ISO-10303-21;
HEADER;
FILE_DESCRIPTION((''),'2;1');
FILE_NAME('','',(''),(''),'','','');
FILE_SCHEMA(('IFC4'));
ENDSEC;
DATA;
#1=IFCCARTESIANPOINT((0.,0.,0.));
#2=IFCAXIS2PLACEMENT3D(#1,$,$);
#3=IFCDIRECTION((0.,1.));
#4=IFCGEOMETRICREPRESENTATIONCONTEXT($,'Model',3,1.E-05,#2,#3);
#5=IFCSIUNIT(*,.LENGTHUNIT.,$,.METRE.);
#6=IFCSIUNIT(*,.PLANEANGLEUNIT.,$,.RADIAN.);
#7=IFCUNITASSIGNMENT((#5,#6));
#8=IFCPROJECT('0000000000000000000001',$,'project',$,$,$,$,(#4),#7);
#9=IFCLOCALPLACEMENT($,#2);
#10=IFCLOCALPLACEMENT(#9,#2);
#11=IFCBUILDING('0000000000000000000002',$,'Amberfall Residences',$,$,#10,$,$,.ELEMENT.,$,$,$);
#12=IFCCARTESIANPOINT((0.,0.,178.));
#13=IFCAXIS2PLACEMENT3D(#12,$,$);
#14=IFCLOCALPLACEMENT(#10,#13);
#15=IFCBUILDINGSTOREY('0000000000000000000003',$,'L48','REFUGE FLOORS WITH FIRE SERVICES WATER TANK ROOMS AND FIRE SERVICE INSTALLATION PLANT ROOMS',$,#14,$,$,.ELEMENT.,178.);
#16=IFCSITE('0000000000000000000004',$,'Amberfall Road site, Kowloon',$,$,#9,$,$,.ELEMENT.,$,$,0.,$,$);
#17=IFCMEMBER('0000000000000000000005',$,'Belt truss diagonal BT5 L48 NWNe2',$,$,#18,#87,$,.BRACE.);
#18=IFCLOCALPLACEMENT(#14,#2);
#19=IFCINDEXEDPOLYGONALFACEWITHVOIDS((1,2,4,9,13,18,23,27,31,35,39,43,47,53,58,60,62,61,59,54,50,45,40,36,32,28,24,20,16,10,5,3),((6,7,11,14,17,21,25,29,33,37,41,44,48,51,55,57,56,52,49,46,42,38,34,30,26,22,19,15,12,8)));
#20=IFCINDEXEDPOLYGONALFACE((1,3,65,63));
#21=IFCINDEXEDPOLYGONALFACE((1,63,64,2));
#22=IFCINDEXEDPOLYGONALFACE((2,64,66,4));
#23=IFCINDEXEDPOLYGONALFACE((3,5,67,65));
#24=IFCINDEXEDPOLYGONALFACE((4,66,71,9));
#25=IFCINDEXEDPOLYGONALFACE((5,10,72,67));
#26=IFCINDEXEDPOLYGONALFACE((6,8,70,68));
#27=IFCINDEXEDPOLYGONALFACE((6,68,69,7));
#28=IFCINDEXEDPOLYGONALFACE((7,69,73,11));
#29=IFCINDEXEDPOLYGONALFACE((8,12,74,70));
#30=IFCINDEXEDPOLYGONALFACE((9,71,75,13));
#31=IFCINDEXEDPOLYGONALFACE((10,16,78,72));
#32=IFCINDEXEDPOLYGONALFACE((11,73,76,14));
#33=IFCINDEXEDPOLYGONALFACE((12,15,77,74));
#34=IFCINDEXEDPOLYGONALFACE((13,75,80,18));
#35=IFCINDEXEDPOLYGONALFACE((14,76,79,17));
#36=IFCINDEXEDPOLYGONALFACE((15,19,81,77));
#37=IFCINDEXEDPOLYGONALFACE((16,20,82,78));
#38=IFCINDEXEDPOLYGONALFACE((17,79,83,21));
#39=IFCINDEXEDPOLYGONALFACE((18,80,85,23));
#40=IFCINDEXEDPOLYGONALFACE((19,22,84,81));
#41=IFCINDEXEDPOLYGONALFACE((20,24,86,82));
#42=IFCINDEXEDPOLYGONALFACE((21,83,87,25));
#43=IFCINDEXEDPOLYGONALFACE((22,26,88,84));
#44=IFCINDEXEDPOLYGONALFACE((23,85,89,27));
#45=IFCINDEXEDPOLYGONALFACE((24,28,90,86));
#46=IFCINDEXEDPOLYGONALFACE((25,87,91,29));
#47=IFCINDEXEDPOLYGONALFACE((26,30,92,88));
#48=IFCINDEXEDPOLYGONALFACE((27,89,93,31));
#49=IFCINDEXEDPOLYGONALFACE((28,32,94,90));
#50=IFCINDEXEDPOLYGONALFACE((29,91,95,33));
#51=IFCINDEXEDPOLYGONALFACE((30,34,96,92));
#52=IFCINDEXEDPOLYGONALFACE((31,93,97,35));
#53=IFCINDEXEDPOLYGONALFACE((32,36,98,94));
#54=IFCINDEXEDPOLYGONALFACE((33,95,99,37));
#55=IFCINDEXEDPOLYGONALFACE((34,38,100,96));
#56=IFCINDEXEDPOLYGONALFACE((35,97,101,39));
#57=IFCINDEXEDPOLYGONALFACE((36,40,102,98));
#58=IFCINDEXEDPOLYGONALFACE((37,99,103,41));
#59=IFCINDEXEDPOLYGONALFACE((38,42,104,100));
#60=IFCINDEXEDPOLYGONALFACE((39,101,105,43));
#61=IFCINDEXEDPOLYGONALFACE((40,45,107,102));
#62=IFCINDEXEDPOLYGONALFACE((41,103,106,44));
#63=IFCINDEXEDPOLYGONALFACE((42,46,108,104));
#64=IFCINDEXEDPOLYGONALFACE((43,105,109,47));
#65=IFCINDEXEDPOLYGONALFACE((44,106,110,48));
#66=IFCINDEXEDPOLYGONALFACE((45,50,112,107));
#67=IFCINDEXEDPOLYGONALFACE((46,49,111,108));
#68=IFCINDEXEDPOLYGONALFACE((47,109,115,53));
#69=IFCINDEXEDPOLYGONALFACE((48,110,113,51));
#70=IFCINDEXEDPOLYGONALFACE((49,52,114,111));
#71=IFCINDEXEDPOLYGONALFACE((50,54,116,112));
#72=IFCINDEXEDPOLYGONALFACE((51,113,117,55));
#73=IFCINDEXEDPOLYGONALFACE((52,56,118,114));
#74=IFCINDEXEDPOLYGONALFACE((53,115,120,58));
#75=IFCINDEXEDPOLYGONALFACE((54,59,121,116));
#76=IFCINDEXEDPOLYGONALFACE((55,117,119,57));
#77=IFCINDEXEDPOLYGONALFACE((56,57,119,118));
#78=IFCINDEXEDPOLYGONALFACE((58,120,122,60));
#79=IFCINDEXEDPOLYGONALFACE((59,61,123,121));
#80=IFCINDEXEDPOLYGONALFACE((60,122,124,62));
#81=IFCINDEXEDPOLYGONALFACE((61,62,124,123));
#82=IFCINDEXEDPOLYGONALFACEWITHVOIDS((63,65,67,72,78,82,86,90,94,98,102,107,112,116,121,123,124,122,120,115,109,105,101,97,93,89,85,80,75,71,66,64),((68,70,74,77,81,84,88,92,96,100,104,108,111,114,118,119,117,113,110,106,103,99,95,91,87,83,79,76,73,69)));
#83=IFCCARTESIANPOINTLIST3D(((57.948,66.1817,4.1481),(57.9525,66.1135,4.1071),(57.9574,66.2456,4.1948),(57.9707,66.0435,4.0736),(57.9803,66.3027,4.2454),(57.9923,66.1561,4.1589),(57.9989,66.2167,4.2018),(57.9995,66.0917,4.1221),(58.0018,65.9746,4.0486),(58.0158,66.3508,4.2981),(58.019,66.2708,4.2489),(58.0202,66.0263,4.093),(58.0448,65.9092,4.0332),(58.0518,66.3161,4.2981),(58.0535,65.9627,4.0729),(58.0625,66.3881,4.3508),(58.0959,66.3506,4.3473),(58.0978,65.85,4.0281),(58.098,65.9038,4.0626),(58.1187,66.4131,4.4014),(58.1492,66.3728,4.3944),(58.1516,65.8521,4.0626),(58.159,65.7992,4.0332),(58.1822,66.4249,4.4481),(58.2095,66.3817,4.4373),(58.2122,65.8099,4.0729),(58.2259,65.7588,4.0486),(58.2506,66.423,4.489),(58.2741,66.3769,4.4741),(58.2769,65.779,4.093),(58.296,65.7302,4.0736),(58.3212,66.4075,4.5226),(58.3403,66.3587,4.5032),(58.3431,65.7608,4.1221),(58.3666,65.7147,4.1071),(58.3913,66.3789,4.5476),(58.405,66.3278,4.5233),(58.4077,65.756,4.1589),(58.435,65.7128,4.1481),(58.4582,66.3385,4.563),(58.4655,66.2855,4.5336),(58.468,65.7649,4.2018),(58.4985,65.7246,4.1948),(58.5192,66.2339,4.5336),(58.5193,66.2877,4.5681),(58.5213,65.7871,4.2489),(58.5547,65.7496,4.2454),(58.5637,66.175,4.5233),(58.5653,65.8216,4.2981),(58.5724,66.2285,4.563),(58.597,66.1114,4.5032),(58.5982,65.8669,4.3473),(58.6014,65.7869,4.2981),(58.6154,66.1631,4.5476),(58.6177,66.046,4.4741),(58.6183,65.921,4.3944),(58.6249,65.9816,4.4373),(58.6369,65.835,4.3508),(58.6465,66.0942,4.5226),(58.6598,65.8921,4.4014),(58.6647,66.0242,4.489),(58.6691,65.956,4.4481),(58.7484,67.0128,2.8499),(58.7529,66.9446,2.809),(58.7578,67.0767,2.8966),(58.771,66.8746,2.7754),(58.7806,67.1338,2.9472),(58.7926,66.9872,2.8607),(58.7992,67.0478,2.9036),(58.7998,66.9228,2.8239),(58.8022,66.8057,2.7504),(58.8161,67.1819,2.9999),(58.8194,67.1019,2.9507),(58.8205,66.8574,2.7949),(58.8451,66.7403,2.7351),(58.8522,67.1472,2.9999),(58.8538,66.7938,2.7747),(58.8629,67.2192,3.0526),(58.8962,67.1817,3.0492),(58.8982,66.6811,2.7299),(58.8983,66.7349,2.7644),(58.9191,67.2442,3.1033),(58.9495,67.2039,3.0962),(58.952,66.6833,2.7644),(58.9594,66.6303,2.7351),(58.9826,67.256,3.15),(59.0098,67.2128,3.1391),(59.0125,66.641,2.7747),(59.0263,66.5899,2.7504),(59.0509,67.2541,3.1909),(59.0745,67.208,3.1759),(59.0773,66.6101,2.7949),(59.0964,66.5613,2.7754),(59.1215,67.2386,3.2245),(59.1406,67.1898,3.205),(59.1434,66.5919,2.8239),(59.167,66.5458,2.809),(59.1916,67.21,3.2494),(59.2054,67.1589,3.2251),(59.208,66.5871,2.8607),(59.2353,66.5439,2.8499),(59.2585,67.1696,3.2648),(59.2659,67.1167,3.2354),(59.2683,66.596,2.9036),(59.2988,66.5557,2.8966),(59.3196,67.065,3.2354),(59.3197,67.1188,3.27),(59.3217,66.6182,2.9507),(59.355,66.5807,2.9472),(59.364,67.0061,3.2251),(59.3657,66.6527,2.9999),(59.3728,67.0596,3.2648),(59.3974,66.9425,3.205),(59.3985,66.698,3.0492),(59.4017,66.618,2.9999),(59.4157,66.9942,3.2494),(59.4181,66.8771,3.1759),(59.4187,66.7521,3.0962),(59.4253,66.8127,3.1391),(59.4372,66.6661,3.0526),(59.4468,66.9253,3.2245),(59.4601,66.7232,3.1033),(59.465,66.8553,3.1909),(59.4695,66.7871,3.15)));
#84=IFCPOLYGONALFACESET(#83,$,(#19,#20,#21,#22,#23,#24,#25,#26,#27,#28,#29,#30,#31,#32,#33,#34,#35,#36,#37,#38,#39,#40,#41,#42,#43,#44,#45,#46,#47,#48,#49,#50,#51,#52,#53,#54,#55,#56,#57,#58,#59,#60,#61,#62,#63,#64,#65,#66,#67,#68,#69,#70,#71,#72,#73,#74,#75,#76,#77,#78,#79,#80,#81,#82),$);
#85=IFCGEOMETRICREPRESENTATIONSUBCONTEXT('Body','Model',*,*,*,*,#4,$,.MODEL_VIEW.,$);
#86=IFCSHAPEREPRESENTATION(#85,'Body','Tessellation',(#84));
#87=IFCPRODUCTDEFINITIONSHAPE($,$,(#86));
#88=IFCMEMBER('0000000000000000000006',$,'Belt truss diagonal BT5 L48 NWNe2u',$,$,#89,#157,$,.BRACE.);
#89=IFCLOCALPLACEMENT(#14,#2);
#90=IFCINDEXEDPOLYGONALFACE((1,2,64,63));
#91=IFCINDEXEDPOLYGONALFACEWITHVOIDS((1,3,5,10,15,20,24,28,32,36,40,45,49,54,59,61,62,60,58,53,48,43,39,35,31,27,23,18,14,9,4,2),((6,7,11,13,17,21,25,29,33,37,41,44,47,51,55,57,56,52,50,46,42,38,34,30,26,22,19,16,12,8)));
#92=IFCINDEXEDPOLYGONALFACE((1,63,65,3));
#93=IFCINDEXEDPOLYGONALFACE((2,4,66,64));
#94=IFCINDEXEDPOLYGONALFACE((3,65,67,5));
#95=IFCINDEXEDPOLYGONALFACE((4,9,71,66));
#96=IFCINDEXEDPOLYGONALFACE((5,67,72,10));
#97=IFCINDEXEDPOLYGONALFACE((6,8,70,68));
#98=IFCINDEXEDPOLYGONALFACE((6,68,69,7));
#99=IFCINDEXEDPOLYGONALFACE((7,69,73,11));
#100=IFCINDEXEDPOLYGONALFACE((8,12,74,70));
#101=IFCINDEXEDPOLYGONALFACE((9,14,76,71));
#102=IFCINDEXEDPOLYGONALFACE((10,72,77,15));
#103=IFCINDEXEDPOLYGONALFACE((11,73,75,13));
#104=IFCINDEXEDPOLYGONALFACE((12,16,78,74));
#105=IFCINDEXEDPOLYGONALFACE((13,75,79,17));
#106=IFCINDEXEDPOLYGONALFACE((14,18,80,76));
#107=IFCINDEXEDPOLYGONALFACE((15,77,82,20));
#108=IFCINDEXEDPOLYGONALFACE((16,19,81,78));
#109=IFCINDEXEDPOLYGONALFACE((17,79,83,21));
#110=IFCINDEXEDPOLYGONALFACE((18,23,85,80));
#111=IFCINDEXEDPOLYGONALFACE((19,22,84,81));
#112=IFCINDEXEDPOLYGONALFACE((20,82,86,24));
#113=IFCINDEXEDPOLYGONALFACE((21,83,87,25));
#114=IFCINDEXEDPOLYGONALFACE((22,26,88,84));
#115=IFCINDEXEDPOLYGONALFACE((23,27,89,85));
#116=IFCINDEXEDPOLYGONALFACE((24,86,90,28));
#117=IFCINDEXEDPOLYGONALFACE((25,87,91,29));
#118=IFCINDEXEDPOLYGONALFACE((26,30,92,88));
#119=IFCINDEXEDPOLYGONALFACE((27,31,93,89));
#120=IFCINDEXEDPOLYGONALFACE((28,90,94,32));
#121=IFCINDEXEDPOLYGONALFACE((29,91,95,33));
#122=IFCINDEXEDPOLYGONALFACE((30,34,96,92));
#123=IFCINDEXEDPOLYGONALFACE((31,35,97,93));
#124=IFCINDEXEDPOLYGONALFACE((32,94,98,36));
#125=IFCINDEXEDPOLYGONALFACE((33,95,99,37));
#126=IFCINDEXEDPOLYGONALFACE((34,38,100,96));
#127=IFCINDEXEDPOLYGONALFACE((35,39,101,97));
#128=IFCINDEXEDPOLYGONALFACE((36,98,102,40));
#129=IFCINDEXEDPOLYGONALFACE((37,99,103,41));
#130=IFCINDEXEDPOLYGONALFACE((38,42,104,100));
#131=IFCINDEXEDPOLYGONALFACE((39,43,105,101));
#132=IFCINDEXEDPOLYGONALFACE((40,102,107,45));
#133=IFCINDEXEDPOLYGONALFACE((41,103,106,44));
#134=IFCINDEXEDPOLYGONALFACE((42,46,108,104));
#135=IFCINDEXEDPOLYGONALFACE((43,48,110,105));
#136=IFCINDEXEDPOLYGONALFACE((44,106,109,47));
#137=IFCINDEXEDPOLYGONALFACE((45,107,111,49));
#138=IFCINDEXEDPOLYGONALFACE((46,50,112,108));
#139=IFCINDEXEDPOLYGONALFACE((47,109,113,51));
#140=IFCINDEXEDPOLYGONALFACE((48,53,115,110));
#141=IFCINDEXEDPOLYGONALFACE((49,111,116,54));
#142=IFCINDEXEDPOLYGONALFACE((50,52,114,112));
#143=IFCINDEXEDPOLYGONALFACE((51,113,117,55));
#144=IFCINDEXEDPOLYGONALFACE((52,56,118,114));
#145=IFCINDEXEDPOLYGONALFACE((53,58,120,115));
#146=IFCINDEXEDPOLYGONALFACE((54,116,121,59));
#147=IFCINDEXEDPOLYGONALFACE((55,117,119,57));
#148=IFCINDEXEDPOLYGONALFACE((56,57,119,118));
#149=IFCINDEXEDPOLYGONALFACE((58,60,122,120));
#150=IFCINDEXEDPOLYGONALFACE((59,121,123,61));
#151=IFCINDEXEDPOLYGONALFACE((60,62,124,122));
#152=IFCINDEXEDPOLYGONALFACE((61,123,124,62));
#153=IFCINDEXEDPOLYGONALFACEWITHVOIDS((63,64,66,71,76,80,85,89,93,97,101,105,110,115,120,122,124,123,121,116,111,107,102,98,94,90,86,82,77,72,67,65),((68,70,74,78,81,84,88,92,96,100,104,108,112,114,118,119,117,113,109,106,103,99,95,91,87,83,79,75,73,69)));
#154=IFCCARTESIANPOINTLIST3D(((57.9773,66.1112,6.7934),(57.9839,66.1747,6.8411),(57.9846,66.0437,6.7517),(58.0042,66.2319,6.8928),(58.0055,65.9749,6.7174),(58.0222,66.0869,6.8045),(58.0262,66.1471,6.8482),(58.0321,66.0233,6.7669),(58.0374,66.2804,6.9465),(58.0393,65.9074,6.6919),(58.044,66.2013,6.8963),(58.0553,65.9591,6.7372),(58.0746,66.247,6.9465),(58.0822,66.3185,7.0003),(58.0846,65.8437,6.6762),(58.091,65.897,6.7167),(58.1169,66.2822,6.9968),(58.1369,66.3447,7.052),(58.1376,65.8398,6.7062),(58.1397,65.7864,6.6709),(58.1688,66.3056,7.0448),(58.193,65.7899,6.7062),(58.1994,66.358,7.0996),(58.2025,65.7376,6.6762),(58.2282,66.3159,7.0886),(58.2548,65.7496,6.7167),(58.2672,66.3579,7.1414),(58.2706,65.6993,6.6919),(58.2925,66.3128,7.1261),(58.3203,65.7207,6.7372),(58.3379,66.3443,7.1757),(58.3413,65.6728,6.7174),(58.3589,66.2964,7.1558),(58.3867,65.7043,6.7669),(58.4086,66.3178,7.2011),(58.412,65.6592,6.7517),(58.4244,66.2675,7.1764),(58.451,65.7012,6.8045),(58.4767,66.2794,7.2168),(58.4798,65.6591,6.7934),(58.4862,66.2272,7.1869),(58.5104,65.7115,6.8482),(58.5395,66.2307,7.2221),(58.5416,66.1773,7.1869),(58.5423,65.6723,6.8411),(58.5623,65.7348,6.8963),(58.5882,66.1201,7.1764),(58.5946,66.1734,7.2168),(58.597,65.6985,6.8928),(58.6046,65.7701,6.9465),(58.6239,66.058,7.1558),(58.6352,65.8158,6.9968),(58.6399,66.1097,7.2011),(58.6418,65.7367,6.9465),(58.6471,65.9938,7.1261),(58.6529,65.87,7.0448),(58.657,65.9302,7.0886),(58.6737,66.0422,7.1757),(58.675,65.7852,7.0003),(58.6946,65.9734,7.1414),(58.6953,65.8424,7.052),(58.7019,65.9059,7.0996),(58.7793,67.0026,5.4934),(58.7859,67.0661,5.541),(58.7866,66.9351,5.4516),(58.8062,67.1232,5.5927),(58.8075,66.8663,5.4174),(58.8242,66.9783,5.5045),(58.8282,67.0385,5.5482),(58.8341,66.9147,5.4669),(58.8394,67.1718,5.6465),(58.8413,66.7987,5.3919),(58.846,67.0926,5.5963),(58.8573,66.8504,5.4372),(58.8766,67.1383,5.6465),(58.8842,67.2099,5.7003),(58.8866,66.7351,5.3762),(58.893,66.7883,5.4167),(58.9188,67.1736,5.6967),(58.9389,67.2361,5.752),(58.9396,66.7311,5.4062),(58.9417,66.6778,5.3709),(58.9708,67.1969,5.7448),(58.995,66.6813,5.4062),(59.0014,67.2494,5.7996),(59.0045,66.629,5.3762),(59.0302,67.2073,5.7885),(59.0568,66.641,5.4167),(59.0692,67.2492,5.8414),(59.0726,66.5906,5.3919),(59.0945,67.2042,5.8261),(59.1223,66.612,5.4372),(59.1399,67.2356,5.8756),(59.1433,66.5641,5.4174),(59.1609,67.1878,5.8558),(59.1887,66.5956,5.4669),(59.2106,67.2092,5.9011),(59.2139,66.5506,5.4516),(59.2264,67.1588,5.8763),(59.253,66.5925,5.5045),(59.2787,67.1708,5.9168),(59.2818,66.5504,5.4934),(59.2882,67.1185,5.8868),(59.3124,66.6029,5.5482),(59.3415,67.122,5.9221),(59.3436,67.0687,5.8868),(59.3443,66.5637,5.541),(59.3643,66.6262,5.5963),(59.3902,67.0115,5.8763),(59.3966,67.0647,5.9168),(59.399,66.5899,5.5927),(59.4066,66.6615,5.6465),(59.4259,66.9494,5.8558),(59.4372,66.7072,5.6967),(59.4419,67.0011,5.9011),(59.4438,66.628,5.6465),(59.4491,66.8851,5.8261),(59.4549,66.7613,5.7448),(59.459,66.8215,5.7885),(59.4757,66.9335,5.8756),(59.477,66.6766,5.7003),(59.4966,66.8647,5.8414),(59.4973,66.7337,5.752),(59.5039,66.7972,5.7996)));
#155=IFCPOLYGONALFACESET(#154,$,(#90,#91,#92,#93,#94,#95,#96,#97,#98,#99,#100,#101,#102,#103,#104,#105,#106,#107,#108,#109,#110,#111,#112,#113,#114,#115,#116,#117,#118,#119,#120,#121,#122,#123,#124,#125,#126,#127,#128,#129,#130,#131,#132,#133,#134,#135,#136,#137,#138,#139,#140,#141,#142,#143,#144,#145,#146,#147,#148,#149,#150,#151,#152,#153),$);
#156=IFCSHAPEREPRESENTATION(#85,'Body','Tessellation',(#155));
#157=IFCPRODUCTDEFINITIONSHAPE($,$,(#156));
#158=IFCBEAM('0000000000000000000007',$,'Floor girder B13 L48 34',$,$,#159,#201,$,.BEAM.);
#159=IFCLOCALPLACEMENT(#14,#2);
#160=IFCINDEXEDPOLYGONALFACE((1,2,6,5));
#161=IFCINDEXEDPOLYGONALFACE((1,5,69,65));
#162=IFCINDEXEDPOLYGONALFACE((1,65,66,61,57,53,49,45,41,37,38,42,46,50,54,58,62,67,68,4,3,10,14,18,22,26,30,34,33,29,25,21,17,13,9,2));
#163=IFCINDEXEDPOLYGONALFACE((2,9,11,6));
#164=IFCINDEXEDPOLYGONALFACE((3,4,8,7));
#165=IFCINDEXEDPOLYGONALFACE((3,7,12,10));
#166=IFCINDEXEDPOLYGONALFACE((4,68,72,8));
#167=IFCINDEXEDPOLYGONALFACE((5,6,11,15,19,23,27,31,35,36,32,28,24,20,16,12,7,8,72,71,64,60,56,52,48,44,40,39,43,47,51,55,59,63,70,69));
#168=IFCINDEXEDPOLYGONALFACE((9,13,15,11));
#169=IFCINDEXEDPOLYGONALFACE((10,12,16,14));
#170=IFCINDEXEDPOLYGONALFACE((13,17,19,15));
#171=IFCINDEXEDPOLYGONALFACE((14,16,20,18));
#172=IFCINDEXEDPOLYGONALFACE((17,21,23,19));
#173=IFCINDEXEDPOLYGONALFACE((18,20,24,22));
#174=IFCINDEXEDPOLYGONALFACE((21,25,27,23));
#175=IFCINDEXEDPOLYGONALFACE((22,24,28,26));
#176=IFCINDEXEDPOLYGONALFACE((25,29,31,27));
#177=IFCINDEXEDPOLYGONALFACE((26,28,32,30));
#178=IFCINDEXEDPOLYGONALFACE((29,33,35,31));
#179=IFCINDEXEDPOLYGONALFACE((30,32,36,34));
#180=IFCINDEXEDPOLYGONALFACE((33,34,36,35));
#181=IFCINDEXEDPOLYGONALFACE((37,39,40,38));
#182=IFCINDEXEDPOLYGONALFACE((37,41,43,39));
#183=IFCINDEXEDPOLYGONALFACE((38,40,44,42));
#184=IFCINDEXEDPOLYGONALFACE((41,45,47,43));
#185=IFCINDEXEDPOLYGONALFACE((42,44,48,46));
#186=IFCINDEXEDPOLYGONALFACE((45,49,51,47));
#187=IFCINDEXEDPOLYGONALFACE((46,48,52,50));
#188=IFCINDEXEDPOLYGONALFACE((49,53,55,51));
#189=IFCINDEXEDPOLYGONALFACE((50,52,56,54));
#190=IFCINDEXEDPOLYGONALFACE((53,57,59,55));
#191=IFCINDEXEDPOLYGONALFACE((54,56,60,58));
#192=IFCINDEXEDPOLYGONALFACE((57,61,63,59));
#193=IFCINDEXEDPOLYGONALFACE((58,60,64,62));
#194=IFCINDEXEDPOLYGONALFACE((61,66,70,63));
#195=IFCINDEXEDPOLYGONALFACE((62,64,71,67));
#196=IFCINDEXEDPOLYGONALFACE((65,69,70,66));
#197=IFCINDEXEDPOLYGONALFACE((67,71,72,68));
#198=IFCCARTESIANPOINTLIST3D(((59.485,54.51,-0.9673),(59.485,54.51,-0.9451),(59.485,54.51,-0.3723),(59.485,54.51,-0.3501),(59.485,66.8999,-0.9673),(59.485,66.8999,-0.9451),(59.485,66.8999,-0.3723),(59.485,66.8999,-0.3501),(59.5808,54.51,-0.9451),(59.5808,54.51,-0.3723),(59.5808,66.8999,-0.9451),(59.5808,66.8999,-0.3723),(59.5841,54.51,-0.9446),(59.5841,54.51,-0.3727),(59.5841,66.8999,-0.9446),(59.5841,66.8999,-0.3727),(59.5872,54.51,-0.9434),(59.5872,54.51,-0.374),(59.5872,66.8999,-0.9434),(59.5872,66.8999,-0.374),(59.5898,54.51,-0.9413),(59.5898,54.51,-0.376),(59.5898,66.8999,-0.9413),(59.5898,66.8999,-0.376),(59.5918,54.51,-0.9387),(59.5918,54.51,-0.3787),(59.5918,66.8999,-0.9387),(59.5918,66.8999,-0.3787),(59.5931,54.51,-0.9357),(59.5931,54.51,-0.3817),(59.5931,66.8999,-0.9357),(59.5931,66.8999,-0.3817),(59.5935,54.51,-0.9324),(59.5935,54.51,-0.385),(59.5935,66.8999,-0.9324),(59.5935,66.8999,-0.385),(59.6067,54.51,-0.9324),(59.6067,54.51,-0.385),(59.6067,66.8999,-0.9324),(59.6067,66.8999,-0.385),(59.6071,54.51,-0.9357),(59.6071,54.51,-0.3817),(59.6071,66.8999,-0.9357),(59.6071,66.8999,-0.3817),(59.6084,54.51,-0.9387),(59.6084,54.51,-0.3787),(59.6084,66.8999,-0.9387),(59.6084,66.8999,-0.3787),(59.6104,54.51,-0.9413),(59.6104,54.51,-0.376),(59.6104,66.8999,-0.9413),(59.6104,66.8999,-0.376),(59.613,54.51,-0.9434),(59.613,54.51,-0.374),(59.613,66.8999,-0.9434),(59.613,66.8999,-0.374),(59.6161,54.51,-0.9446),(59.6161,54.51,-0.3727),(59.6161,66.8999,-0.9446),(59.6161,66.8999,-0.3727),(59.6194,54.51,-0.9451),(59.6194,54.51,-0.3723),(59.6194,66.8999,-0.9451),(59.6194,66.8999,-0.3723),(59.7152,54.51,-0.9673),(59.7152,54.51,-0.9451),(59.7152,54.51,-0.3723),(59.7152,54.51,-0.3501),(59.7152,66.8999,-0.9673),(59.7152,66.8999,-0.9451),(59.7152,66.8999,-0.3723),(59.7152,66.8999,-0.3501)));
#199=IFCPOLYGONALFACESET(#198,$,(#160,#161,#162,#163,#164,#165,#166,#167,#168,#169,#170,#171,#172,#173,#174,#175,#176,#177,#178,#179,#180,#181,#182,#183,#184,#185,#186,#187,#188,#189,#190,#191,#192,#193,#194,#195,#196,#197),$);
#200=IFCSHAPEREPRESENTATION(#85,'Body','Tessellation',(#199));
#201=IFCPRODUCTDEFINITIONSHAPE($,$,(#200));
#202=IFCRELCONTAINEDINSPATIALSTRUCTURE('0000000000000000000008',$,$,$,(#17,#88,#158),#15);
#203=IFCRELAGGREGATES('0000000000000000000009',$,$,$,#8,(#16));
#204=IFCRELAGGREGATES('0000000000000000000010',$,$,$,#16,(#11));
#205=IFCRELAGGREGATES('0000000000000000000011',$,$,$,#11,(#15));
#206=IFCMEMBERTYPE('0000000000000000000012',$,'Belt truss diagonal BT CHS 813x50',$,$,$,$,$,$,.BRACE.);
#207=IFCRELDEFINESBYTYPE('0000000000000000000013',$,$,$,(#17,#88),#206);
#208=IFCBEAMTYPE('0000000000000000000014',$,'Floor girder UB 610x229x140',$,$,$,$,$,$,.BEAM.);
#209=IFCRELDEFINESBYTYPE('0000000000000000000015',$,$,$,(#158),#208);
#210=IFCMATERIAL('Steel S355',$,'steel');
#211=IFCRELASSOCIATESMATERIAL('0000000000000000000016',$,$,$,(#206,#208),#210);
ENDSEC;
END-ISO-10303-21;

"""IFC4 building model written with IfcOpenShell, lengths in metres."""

from ifc_helpers import new_model, si_unit, direction, frame, origin, origin_2d, place, context, subcontext, project, spatial, hollow_circle, i_section, extrude, material, material_profile, profile_set, type_object, element, save


model = new_model("IFC4")

# Units and contexts
model_context = context("Model", 3, precision=1e-05, world=origin(), true_north=direction((0.0, 1.0)))
body_context = subcontext(model_context, "Body", "Model", "MODEL_VIEW")
ifc_project = project(units=[si_unit("LENGTHUNIT", "METRE"), si_unit("PLANEANGLEUNIT", "RADIAN")], contexts=[model_context])

# Site, building, storey
site_placement = place(None, origin())
site = spatial("IfcSite", under=ifc_project, at=site_placement, Name="Amberfall Road site, Kowloon", CompositionType="ELEMENT", RefElevation=0.0)
building_placement = place(site_placement, origin())
building = spatial("IfcBuilding", under=site, at=building_placement, Name="Amberfall Residences", CompositionType="ELEMENT")
storey_placement = place(building_placement, frame((0.0, 0.0, 178.0)))
storey = spatial("IfcBuildingStorey", under=building, at=storey_placement, Name="L48", Description="REFUGE FLOORS WITH FIRE SERVICES WATER TANK ROOMS AND FIRE SERVICE INSTALLATION PLANT ROOMS", CompositionType="ELEMENT", Elevation=178.0)

# Members
ifc_material_1 = material(Name="Steel S355", Category="steel")
ifc_material_profile_1 = material_profile(ifc_material_1, hollow_circle(Radius=0.4065, WallThickness=0.05, at=origin_2d()), Name="CHS 813x50")
ifc_profile_set_1 = profile_set([ifc_material_profile_1], Name="Steel S355")
member_type = type_object("IfcMemberType", Name="Belt truss diagonal BT CHS 813x50", PredefinedType="BRACE", material=ifc_profile_set_1)
member_1_placement = place(storey_placement, frame((58.3086, 66.0688, 4.2981), z_axis=(0.460809, 0.478522, -0.747444), x_axis=(-0.720312, 0.69365, 0.0)))
element("IfcMember", 1, at=member_1_placement, inside=storey, type_object=member_type, Name="Belt truss diagonal BT5 L48 NWNe2", PredefinedType="BRACE", context=body_context, shape_type="SweptSolid", body=[
    extrude(hollow_circle(Radius=0.4065, WallThickness=0.05, at=origin_2d()), origin(), (0.0, 0.0, 1.0), 1.7368),
])
member_2_placement = place(storey_placement, frame((58.3396, 66.0085, 6.9465), z_axis=(0.453474, 0.503998, -0.735083), x_axis=(-0.743385, 0.668863, 0.0)))
element("IfcMember", 2, at=member_2_placement, inside=storey, type_object=member_type, Name="Belt truss diagonal BT5 L48 NWNe2u", PredefinedType="BRACE", context=body_context, shape_type="SweptSolid", body=[
    extrude(hollow_circle(Radius=0.4065, WallThickness=0.05, at=origin_2d()), origin(), (0.0, 0.0, 1.0), 1.7686),
])

# Beam
ifc_material_profile_2 = material_profile(ifc_material_1, i_section(OverallWidth=0.2302, OverallDepth=0.6172, WebThickness=0.0132, FlangeThickness=0.0222, FilletRadius=0.0127, at=origin_2d()), Name="UB 610x229x140")
ifc_profile_set_2 = profile_set([ifc_material_profile_2], Name="Steel S355")
beam_type = type_object("IfcBeamType", Name="Floor girder UB 610x229x140", PredefinedType="BEAM", material=ifc_profile_set_2)
beam_placement = place(storey_placement, frame((59.6001, 66.8999, -0.6587), z_axis=(0.0, -1.0, 0.0), x_axis=(1.0, 0.0, 0.0)))
element("IfcBeam", 3, at=beam_placement, inside=storey, type_object=beam_type, Name="Floor girder B13 L48 34", PredefinedType="BEAM", context=body_context, shape_type="SweptSolid", body=[
    extrude(i_section(OverallWidth=0.2302, OverallDepth=0.6172, WebThickness=0.0132, FlangeThickness=0.0222, FilletRadius=0.0127, at=origin_2d()), origin(), (0.0, 0.0, 1.0), 12.3899),
])

save(model, "model.ifc")
